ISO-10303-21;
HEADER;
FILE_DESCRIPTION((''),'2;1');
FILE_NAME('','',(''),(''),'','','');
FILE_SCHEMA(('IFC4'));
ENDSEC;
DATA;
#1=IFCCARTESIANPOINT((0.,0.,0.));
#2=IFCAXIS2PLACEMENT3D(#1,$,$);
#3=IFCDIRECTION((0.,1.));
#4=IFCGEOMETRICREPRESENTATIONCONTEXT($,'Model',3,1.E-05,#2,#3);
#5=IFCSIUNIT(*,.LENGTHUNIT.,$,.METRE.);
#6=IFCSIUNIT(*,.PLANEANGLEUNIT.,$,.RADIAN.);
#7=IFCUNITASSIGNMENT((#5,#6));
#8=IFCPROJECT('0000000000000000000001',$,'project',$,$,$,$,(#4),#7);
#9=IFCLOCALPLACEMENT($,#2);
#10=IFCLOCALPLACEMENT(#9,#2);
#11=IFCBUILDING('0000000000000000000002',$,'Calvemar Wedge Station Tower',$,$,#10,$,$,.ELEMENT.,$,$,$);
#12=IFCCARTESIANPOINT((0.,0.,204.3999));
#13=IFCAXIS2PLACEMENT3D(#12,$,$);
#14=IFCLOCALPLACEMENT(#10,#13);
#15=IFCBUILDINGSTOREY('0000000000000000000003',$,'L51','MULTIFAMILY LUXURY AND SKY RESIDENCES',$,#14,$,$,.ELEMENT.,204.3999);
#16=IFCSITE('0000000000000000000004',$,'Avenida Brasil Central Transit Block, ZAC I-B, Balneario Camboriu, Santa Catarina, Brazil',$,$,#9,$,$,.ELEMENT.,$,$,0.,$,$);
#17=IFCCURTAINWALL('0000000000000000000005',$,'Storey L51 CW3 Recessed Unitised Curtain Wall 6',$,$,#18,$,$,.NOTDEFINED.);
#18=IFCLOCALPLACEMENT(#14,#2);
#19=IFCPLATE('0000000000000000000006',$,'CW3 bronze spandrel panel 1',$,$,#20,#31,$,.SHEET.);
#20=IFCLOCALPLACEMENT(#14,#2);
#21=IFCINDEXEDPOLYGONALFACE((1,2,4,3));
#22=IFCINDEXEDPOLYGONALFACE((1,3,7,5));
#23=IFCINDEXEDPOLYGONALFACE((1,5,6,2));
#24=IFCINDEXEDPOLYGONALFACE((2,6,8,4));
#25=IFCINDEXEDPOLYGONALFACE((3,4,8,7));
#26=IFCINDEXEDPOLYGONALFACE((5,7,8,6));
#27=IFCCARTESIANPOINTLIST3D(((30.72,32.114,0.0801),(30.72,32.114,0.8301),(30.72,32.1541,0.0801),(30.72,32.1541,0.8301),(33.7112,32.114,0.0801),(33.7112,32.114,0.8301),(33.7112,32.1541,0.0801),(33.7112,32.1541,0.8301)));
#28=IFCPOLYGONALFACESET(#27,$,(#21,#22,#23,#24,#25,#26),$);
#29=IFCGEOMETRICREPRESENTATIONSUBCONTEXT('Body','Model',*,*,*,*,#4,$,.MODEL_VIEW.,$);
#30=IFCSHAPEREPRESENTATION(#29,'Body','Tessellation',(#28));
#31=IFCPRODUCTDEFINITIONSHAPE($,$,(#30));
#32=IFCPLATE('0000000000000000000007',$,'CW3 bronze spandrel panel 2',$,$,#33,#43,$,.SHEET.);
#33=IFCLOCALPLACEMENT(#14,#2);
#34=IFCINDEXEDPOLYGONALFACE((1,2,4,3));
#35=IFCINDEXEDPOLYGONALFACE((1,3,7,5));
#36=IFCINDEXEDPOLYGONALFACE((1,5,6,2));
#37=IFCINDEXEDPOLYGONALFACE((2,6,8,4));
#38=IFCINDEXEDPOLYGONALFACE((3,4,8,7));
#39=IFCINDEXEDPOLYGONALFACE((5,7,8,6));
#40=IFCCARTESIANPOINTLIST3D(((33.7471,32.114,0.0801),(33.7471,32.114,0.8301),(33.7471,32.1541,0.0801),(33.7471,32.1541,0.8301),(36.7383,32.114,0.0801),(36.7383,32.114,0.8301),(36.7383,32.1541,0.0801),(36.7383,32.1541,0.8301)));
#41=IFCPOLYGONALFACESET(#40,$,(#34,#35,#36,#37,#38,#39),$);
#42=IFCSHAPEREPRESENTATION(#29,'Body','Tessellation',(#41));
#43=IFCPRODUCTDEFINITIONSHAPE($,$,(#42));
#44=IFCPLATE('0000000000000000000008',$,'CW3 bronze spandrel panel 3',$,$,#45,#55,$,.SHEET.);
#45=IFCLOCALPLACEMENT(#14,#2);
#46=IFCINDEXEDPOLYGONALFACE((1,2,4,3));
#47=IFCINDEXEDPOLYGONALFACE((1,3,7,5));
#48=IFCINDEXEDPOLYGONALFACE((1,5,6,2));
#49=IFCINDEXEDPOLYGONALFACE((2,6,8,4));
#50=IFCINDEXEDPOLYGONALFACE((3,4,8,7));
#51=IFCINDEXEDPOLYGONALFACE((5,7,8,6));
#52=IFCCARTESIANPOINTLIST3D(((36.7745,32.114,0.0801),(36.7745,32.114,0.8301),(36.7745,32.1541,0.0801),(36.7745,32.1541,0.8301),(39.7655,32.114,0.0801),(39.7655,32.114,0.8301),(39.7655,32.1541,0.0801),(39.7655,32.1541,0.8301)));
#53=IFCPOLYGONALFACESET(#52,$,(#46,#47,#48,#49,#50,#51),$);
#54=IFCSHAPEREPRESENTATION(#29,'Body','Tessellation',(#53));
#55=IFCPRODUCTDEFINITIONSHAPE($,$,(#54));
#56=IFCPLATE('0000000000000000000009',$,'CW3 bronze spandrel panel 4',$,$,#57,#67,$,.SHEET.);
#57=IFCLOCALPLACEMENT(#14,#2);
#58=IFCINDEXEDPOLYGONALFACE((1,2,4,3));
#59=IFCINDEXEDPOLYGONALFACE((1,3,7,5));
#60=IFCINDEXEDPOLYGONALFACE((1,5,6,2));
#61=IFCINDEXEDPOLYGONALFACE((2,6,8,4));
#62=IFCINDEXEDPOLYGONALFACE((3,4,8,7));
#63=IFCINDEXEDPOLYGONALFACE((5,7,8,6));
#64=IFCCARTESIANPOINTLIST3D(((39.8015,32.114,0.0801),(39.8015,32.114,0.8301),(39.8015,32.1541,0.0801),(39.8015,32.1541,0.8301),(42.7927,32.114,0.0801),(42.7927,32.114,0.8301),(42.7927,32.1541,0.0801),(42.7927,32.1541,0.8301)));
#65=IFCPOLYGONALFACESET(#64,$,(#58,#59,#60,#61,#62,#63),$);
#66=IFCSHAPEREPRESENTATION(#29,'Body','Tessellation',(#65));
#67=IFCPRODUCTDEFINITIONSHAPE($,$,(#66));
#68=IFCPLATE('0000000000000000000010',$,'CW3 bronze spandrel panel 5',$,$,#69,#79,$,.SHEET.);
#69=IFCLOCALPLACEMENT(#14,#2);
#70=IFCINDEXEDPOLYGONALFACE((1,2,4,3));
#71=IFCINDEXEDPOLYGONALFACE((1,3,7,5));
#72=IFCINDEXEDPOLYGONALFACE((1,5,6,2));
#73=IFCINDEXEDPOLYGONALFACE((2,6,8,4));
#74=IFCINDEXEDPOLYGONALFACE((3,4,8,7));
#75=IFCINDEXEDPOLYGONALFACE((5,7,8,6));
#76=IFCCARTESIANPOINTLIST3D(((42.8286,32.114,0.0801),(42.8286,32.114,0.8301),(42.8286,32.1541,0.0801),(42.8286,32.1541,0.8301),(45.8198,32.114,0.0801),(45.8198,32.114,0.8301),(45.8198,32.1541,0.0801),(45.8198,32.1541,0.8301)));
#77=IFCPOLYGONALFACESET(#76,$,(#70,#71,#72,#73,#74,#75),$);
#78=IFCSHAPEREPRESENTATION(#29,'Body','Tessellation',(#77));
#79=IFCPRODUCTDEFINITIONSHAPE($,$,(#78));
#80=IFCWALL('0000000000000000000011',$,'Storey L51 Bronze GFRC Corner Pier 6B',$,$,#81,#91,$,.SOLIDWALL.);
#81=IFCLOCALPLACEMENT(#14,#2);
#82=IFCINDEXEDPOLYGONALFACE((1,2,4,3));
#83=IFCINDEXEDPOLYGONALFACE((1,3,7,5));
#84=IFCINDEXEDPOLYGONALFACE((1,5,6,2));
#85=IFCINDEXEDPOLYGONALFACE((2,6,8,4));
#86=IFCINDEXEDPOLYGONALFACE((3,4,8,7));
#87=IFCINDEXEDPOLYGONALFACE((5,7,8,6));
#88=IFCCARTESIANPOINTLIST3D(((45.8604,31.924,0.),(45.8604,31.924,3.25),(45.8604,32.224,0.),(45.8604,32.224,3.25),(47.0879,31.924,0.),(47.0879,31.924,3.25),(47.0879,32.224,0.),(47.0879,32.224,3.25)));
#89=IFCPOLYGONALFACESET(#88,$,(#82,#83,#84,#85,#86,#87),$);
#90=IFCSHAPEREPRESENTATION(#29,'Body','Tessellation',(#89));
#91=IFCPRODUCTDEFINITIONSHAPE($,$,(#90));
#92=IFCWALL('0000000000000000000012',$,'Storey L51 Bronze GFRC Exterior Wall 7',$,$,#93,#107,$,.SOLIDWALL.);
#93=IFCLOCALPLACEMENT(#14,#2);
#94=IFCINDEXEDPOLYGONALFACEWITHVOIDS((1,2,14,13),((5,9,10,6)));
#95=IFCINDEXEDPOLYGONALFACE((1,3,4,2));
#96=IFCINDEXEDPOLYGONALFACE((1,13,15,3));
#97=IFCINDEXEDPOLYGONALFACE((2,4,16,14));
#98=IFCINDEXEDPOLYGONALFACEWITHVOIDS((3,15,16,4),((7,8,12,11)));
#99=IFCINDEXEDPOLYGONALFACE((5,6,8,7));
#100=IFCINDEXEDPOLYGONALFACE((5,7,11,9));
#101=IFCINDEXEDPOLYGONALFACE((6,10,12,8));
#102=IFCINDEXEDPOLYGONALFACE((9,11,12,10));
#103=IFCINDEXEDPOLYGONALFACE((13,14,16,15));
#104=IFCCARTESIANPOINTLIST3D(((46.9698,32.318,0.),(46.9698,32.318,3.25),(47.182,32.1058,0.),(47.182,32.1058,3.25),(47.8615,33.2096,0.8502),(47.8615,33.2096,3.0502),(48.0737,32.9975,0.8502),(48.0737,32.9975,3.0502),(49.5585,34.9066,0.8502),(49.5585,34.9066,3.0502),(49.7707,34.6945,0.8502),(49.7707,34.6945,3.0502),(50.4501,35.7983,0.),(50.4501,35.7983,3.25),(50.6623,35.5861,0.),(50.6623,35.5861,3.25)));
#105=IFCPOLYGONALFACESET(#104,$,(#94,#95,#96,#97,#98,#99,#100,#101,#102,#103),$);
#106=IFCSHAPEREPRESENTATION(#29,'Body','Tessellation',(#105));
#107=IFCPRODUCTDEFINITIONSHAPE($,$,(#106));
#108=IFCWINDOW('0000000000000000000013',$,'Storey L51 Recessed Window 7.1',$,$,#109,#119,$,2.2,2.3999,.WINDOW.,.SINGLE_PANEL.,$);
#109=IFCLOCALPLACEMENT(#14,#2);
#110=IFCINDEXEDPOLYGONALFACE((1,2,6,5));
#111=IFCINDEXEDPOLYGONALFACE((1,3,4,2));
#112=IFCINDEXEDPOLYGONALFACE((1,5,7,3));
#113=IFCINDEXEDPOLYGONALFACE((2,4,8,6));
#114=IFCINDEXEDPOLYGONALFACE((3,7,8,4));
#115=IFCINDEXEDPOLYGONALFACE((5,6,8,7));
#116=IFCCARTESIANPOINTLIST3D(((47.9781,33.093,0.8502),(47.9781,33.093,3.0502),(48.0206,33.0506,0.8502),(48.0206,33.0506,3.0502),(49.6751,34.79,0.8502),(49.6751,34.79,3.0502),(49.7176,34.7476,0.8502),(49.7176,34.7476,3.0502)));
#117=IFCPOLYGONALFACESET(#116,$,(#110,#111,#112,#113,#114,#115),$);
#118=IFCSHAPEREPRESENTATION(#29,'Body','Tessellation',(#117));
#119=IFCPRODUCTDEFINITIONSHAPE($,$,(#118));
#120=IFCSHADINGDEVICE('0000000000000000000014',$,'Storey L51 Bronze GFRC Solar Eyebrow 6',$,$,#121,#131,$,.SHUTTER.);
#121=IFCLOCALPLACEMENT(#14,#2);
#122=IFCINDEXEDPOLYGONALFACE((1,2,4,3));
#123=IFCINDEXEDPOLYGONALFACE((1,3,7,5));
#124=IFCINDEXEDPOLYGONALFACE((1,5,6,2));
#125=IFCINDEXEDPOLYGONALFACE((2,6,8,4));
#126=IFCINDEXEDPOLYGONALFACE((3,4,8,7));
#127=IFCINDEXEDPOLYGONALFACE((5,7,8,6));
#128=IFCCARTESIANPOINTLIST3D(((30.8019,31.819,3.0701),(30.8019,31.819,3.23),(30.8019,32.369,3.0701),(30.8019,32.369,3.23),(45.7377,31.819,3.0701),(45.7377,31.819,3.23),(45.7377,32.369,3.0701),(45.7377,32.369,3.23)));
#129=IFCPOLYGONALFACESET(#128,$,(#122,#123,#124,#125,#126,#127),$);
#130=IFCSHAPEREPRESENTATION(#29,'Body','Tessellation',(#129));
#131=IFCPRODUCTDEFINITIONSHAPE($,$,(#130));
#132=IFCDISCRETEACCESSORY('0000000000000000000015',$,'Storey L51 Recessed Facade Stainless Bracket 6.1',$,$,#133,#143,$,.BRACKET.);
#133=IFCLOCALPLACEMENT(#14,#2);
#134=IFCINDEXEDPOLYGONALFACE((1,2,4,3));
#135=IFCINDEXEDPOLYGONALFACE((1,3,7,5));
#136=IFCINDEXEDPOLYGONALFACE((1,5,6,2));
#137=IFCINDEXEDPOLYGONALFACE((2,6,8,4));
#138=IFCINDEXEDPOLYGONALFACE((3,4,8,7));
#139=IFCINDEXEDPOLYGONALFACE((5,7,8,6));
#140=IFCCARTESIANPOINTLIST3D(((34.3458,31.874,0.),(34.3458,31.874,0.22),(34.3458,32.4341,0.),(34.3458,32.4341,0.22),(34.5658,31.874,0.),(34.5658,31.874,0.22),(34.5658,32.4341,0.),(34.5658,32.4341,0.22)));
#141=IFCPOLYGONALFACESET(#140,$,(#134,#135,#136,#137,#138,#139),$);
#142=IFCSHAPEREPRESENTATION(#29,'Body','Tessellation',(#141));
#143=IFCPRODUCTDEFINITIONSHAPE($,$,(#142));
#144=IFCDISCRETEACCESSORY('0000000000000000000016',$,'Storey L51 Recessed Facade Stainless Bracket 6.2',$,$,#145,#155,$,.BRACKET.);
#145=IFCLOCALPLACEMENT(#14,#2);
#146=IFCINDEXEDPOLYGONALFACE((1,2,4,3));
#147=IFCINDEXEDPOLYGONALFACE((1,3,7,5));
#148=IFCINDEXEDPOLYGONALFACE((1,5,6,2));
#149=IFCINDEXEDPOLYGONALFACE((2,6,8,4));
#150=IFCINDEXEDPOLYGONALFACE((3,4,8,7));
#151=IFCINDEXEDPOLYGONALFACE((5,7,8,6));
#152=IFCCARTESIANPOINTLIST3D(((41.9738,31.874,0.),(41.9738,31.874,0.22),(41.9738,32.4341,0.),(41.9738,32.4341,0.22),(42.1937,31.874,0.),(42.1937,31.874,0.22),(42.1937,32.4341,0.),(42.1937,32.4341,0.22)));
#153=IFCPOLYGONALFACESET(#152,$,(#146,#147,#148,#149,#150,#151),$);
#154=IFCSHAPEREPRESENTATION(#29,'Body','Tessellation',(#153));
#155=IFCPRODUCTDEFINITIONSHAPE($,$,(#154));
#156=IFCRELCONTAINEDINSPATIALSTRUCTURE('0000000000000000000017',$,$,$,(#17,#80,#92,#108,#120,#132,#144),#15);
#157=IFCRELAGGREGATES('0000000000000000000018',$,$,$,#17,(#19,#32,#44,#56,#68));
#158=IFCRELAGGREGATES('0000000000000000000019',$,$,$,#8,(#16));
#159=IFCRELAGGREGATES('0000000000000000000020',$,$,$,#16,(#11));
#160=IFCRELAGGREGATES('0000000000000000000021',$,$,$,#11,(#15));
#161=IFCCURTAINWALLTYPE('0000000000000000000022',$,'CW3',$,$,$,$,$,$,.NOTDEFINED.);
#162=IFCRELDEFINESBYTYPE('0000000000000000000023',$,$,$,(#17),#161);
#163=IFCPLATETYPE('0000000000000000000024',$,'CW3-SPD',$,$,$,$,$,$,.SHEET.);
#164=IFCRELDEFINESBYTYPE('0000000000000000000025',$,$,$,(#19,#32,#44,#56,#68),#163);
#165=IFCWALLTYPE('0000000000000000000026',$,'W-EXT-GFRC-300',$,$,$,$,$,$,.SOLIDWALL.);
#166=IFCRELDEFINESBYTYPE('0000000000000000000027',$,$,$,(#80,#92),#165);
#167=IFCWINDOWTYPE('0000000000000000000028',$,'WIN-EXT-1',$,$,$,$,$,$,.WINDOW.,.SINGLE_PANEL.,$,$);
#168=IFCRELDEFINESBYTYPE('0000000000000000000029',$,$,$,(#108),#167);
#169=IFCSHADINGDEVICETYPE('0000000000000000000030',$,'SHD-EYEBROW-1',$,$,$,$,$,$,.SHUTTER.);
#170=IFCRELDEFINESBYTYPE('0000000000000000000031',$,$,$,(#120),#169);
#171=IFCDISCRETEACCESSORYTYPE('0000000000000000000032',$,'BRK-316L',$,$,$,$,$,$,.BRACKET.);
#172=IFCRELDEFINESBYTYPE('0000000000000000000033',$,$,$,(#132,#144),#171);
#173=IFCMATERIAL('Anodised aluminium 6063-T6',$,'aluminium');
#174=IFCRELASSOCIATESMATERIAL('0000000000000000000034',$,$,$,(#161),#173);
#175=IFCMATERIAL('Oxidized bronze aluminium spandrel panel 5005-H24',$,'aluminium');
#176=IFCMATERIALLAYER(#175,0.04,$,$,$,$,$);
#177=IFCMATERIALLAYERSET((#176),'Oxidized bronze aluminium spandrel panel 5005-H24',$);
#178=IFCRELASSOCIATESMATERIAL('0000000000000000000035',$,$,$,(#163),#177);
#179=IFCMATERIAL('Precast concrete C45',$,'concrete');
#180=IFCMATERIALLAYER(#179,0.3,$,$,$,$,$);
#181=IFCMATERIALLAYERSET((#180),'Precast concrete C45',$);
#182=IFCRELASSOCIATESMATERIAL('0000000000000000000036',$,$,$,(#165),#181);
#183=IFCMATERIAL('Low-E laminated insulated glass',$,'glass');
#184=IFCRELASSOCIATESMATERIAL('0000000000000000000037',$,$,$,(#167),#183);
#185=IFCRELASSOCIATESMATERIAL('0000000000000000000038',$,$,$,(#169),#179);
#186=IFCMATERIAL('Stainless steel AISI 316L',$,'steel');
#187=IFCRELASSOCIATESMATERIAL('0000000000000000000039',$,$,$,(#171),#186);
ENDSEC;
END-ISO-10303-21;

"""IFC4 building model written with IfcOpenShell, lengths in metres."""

from ifc_helpers import new_model, si_unit, direction, frame, frame_2d, origin, origin_2d, place, context, subcontext, project, spatial, rectangle, extrude, source, transform, mapped, material, layer, layer_set, type_object, element, fill, aggregate, save


model = new_model("IFC4")

# Units and contexts
model_context = context("Model", 3, precision=1e-05, world=origin(), true_north=direction((0.0, 1.0)))
body_context = subcontext(model_context, "Body", "Model", "MODEL_VIEW")
ifc_project = project(units=[si_unit("LENGTHUNIT", "METRE"), si_unit("PLANEANGLEUNIT", "RADIAN")], contexts=[model_context])

# Site, building, storey
site_placement = place(None, origin())
site = spatial("IfcSite", under=ifc_project, at=site_placement, Name="Avenida Brasil Central Transit Block, ZAC I-B, Balneario Camboriu, Santa Catarina, Brazil", CompositionType="ELEMENT", RefElevation=0.0)
building_placement = place(site_placement, origin())
building = spatial("IfcBuilding", under=site, at=building_placement, Name="Calvemar Wedge Station Tower", CompositionType="ELEMENT")
storey_placement = place(building_placement, frame((0.0, 0.0, 204.3999)))
storey = spatial("IfcBuildingStorey", under=building, at=storey_placement, Name="L51", Description="MULTIFAMILY LUXURY AND SKY RESIDENCES", CompositionType="ELEMENT", Elevation=204.3999)

# Curtain wall, plates
ifc_material_1 = material(Name="Anodised aluminium 6063-T6", Category="aluminium")
curtain_wall_type = type_object("IfcCurtainWallType", Name="CW3", PredefinedType="NOTDEFINED", material=ifc_material_1)
curtain_wall_placement = place(storey_placement, origin())
curtain_wall = element("IfcCurtainWall", 1, at=curtain_wall_placement, inside=storey, type_object=curtain_wall_type, Name="Storey L51 CW3 Recessed Unitised Curtain Wall 6", PredefinedType="NOTDEFINED")
ifc_material_2 = material(Name="Low-E laminated insulated glass", Category="glass")
ifc_material_3 = material(Name="Oxidized bronze aluminium spandrel panel 5005-H24", Category="aluminium")
ifc_layer_1 = layer(ifc_material_3, 0.04)
ifc_layer_set_1 = layer_set([ifc_layer_1], Name="Oxidized bronze aluminium spandrel panel 5005-H24")
plate_type_1 = type_object("IfcPlateType", Name="CW3-SPD", PredefinedType="SHEET", material=ifc_layer_set_1)
plate_1_placement = place(storey_placement, frame((30.72, 32.134, 0.0801), z_axis=(0.0, 0.0, 1.0), x_axis=(1.0, 0.0, 0.0)))
plate_1 = element("IfcPlate", 2, at=plate_1_placement, type_object=plate_type_1, Name="CW3 bronze spandrel panel 1", PredefinedType="SHEET", context=body_context, shape_type="SweptSolid", body=[
    extrude(rectangle(XDim=2.9912, YDim=0.04, at=frame_2d((1.4956, 0.0))), origin(), (0.0, 0.0, 1.0), 0.75),
])
plate_2_placement = place(storey_placement, frame((33.7471, 32.134, 0.0801), z_axis=(0.0, 0.0, 1.0), x_axis=(1.0, 0.0, 0.0)))
plate_2 = element("IfcPlate", 3, at=plate_2_placement, type_object=plate_type_1, Name="CW3 bronze spandrel panel 2", PredefinedType="SHEET", context=body_context, shape_type="SweptSolid", body=[
    extrude(rectangle(XDim=2.9912, YDim=0.04, at=frame_2d((1.4956, 0.0))), origin(), (0.0, 0.0, 1.0), 0.75),
])
plate_3_placement = place(storey_placement, frame((36.7744, 32.134, 0.0801), z_axis=(0.0, 0.0, 1.0), x_axis=(1.0, 0.0, 0.0)))
plate_3 = element("IfcPlate", 4, at=plate_3_placement, type_object=plate_type_1, Name="CW3 bronze spandrel panel 3", PredefinedType="SHEET", context=body_context, shape_type="SweptSolid", body=[
    extrude(rectangle(XDim=2.991, YDim=0.04, at=frame_2d((1.4956, 0.0))), origin(), (0.0, 0.0, 1.0), 0.75),
])
plate_4_placement = place(storey_placement, frame((39.8015, 32.134, 0.0801), z_axis=(0.0, 0.0, 1.0), x_axis=(1.0, 0.0, 0.0)))
plate_4 = element("IfcPlate", 5, at=plate_4_placement, type_object=plate_type_1, Name="CW3 bronze spandrel panel 4", PredefinedType="SHEET", context=body_context, shape_type="SweptSolid", body=[
    extrude(rectangle(XDim=2.9912, YDim=0.04, at=frame_2d((1.4956, 0.0))), origin(), (0.0, 0.0, 1.0), 0.75),
])
plate_5_placement = place(storey_placement, frame((42.8286, 32.134, 0.0801), z_axis=(0.0, 0.0, 1.0), x_axis=(1.0, 0.0, 0.0)))
plate_5 = element("IfcPlate", 6, at=plate_5_placement, type_object=plate_type_1, Name="CW3 bronze spandrel panel 5", PredefinedType="SHEET", context=body_context, shape_type="SweptSolid", body=[
    extrude(rectangle(XDim=2.9912, YDim=0.04, at=frame_2d((1.4956, 0.0))), origin(), (0.0, 0.0, 1.0), 0.75),
])
aggregate(curtain_wall, [plate_1, plate_2, plate_3, plate_4, plate_5])

# Wall
ifc_material_4 = material(Name="Precast concrete C45", Category="concrete")
ifc_layer_2 = layer(ifc_material_4, 0.3)
ifc_layer_set_2 = layer_set([ifc_layer_2], Name="Precast concrete C45")
wall_type = type_object("IfcWallType", Name="W-EXT-GFRC-300", PredefinedType="SOLIDWALL", material=ifc_layer_set_2)
wall_1_placement = place(storey_placement, frame((45.8604, 32.074, 0.0), z_axis=(0.0, 0.0, 1.0), x_axis=(1.0, 0.0, 0.0)))
element("IfcWall", 7, at=wall_1_placement, inside=storey, type_object=wall_type, Name="Storey L51 Bronze GFRC Corner Pier 6B", PredefinedType="SOLIDWALL", context=body_context, shape_type="SweptSolid", body=[
    extrude(rectangle(XDim=1.2275, YDim=0.3, at=frame_2d((0.6138, 0.0))), origin(), (0.0, 0.0, 1.0), 3.25),
])

# Wall, opening, window
wall_2_placement = place(storey_placement, frame((47.0759, 32.2119, 0.0), z_axis=(0.0, 0.0, 1.0), x_axis=(0.707107, 0.707107, 0.0)))
wall_2 = element("IfcWall", 8, at=wall_2_placement, inside=storey, type_object=wall_type, Name="Storey L51 Bronze GFRC Exterior Wall 7", PredefinedType="SOLIDWALL", context=body_context, shape_type="SweptSolid", body=[
    extrude(rectangle(XDim=4.9219, YDim=0.3, at=frame_2d((2.4609, 0.0))), origin(), (0.0, 0.0, 1.0), 3.25),
])
shared_shape_1 = source(origin(), body_context, "Body", "SweptSolid", [
    extrude(rectangle(XDim=2.3999, YDim=2.2, at=frame_2d((1.2, 1.1001))), frame((0.0, 0.1602, 0.0), z_axis=(0.0, -1.0, 0.0), x_axis=(1.0, 0.0, 0.0)), (0.0, 0.0, 1.0), 0.3201),
])
opening_placement = place(wall_2_placement, frame((1.261, 0.0, 0.8501)))
opening = element("IfcOpeningElement", 9, at=opening_placement, cuts=wall_2, PredefinedType="OPENING", context=body_context, shape_type="MappedRepresentation", body=[
    mapped(shared_shape_1, transform((0.0, 0.0, 0.0), scale=1.0)),
])
window_type = type_object("IfcWindowType", Name="WIN-EXT-1", PartitioningType="SINGLE_PANEL", PredefinedType="WINDOW", material=ifc_material_2)
shared_shape_2 = source(origin(), body_context, "Body", "SweptSolid", [
    extrude(rectangle(XDim=2.3999, YDim=2.2, at=frame_2d((1.2, 1.1001))), frame((0.0, -0.0149, 0.0), z_axis=(0.0, -1.0, 0.0), x_axis=(1.0, 0.0, 0.0)), (0.0, 0.0, 1.0), 0.0601),
])
window_placement = place(opening_placement, origin())
window = element("IfcWindow", 10, at=window_placement, inside=storey, type_object=window_type, Name="Storey L51 Recessed Window 7.1", OverallHeight=2.2, OverallWidth=2.3999, PartitioningType="SINGLE_PANEL", PredefinedType="WINDOW", context=body_context, shape_type="MappedRepresentation", body=[
    mapped(shared_shape_2, transform((0.0, 0.0, 0.0), scale=1.0)),
])
fill(opening, window)

# Shading device
shading_device_type = type_object("IfcShadingDeviceType", Name="SHD-EYEBROW-1", PredefinedType="SHUTTER", material=ifc_material_4)
shading_device_placement = place(storey_placement, frame((30.802, 32.094, 3.0701), z_axis=(0.0, 0.0, 1.0), x_axis=(1.0, 0.0, 0.0)))
element("IfcShadingDevice", 11, at=shading_device_placement, inside=storey, type_object=shading_device_type, Name="Storey L51 Bronze GFRC Solar Eyebrow 6", PredefinedType="SHUTTER", context=body_context, shape_type="SweptSolid", body=[
    extrude(rectangle(XDim=14.9358, YDim=0.55, at=frame_2d((7.4678, 0.0))), origin(), (0.0, 0.0, 1.0), 0.1599),
])

# Discrete accessories
ifc_material_5 = material(Name="Stainless steel AISI 316L", Category="steel")
discrete_accessory_type = type_object("IfcDiscreteAccessoryType", Name="BRK-316L", PredefinedType="BRACKET", material=ifc_material_5)
shared_shape_3 = source(origin(), body_context, "Body", "SweptSolid", [
    extrude(rectangle(XDim=0.22, YDim=0.5601, at=origin_2d()), origin(), (0.0, 0.0, 1.0), 0.22),
])
for number, where, z_axis, x_axis, name in (
    (12, (34.4558, 32.1541, 0.0), (0.0, 0.0, 1.0), (1.0, 0.0, 0.0), "Storey L51 Recessed Facade Stainless Bracket 6.1"),
    (13, (42.0837, 32.1541, 0.0), (0.0, 0.0, 1.0), (1.0, 0.0, 0.0), "Storey L51 Recessed Facade Stainless Bracket 6.2"),
):
    element("IfcDiscreteAccessory", number, at=place(storey_placement, frame(where, z_axis=z_axis, x_axis=x_axis)), inside=storey, type_object=discrete_accessory_type, Name=name, PredefinedType="BRACKET", context=body_context, shape_type="MappedRepresentation", body=[
        mapped(shared_shape_3, transform((0.0, 0.0, 0.0), scale=1.0)),
    ])

save(model, "model.ifc")
